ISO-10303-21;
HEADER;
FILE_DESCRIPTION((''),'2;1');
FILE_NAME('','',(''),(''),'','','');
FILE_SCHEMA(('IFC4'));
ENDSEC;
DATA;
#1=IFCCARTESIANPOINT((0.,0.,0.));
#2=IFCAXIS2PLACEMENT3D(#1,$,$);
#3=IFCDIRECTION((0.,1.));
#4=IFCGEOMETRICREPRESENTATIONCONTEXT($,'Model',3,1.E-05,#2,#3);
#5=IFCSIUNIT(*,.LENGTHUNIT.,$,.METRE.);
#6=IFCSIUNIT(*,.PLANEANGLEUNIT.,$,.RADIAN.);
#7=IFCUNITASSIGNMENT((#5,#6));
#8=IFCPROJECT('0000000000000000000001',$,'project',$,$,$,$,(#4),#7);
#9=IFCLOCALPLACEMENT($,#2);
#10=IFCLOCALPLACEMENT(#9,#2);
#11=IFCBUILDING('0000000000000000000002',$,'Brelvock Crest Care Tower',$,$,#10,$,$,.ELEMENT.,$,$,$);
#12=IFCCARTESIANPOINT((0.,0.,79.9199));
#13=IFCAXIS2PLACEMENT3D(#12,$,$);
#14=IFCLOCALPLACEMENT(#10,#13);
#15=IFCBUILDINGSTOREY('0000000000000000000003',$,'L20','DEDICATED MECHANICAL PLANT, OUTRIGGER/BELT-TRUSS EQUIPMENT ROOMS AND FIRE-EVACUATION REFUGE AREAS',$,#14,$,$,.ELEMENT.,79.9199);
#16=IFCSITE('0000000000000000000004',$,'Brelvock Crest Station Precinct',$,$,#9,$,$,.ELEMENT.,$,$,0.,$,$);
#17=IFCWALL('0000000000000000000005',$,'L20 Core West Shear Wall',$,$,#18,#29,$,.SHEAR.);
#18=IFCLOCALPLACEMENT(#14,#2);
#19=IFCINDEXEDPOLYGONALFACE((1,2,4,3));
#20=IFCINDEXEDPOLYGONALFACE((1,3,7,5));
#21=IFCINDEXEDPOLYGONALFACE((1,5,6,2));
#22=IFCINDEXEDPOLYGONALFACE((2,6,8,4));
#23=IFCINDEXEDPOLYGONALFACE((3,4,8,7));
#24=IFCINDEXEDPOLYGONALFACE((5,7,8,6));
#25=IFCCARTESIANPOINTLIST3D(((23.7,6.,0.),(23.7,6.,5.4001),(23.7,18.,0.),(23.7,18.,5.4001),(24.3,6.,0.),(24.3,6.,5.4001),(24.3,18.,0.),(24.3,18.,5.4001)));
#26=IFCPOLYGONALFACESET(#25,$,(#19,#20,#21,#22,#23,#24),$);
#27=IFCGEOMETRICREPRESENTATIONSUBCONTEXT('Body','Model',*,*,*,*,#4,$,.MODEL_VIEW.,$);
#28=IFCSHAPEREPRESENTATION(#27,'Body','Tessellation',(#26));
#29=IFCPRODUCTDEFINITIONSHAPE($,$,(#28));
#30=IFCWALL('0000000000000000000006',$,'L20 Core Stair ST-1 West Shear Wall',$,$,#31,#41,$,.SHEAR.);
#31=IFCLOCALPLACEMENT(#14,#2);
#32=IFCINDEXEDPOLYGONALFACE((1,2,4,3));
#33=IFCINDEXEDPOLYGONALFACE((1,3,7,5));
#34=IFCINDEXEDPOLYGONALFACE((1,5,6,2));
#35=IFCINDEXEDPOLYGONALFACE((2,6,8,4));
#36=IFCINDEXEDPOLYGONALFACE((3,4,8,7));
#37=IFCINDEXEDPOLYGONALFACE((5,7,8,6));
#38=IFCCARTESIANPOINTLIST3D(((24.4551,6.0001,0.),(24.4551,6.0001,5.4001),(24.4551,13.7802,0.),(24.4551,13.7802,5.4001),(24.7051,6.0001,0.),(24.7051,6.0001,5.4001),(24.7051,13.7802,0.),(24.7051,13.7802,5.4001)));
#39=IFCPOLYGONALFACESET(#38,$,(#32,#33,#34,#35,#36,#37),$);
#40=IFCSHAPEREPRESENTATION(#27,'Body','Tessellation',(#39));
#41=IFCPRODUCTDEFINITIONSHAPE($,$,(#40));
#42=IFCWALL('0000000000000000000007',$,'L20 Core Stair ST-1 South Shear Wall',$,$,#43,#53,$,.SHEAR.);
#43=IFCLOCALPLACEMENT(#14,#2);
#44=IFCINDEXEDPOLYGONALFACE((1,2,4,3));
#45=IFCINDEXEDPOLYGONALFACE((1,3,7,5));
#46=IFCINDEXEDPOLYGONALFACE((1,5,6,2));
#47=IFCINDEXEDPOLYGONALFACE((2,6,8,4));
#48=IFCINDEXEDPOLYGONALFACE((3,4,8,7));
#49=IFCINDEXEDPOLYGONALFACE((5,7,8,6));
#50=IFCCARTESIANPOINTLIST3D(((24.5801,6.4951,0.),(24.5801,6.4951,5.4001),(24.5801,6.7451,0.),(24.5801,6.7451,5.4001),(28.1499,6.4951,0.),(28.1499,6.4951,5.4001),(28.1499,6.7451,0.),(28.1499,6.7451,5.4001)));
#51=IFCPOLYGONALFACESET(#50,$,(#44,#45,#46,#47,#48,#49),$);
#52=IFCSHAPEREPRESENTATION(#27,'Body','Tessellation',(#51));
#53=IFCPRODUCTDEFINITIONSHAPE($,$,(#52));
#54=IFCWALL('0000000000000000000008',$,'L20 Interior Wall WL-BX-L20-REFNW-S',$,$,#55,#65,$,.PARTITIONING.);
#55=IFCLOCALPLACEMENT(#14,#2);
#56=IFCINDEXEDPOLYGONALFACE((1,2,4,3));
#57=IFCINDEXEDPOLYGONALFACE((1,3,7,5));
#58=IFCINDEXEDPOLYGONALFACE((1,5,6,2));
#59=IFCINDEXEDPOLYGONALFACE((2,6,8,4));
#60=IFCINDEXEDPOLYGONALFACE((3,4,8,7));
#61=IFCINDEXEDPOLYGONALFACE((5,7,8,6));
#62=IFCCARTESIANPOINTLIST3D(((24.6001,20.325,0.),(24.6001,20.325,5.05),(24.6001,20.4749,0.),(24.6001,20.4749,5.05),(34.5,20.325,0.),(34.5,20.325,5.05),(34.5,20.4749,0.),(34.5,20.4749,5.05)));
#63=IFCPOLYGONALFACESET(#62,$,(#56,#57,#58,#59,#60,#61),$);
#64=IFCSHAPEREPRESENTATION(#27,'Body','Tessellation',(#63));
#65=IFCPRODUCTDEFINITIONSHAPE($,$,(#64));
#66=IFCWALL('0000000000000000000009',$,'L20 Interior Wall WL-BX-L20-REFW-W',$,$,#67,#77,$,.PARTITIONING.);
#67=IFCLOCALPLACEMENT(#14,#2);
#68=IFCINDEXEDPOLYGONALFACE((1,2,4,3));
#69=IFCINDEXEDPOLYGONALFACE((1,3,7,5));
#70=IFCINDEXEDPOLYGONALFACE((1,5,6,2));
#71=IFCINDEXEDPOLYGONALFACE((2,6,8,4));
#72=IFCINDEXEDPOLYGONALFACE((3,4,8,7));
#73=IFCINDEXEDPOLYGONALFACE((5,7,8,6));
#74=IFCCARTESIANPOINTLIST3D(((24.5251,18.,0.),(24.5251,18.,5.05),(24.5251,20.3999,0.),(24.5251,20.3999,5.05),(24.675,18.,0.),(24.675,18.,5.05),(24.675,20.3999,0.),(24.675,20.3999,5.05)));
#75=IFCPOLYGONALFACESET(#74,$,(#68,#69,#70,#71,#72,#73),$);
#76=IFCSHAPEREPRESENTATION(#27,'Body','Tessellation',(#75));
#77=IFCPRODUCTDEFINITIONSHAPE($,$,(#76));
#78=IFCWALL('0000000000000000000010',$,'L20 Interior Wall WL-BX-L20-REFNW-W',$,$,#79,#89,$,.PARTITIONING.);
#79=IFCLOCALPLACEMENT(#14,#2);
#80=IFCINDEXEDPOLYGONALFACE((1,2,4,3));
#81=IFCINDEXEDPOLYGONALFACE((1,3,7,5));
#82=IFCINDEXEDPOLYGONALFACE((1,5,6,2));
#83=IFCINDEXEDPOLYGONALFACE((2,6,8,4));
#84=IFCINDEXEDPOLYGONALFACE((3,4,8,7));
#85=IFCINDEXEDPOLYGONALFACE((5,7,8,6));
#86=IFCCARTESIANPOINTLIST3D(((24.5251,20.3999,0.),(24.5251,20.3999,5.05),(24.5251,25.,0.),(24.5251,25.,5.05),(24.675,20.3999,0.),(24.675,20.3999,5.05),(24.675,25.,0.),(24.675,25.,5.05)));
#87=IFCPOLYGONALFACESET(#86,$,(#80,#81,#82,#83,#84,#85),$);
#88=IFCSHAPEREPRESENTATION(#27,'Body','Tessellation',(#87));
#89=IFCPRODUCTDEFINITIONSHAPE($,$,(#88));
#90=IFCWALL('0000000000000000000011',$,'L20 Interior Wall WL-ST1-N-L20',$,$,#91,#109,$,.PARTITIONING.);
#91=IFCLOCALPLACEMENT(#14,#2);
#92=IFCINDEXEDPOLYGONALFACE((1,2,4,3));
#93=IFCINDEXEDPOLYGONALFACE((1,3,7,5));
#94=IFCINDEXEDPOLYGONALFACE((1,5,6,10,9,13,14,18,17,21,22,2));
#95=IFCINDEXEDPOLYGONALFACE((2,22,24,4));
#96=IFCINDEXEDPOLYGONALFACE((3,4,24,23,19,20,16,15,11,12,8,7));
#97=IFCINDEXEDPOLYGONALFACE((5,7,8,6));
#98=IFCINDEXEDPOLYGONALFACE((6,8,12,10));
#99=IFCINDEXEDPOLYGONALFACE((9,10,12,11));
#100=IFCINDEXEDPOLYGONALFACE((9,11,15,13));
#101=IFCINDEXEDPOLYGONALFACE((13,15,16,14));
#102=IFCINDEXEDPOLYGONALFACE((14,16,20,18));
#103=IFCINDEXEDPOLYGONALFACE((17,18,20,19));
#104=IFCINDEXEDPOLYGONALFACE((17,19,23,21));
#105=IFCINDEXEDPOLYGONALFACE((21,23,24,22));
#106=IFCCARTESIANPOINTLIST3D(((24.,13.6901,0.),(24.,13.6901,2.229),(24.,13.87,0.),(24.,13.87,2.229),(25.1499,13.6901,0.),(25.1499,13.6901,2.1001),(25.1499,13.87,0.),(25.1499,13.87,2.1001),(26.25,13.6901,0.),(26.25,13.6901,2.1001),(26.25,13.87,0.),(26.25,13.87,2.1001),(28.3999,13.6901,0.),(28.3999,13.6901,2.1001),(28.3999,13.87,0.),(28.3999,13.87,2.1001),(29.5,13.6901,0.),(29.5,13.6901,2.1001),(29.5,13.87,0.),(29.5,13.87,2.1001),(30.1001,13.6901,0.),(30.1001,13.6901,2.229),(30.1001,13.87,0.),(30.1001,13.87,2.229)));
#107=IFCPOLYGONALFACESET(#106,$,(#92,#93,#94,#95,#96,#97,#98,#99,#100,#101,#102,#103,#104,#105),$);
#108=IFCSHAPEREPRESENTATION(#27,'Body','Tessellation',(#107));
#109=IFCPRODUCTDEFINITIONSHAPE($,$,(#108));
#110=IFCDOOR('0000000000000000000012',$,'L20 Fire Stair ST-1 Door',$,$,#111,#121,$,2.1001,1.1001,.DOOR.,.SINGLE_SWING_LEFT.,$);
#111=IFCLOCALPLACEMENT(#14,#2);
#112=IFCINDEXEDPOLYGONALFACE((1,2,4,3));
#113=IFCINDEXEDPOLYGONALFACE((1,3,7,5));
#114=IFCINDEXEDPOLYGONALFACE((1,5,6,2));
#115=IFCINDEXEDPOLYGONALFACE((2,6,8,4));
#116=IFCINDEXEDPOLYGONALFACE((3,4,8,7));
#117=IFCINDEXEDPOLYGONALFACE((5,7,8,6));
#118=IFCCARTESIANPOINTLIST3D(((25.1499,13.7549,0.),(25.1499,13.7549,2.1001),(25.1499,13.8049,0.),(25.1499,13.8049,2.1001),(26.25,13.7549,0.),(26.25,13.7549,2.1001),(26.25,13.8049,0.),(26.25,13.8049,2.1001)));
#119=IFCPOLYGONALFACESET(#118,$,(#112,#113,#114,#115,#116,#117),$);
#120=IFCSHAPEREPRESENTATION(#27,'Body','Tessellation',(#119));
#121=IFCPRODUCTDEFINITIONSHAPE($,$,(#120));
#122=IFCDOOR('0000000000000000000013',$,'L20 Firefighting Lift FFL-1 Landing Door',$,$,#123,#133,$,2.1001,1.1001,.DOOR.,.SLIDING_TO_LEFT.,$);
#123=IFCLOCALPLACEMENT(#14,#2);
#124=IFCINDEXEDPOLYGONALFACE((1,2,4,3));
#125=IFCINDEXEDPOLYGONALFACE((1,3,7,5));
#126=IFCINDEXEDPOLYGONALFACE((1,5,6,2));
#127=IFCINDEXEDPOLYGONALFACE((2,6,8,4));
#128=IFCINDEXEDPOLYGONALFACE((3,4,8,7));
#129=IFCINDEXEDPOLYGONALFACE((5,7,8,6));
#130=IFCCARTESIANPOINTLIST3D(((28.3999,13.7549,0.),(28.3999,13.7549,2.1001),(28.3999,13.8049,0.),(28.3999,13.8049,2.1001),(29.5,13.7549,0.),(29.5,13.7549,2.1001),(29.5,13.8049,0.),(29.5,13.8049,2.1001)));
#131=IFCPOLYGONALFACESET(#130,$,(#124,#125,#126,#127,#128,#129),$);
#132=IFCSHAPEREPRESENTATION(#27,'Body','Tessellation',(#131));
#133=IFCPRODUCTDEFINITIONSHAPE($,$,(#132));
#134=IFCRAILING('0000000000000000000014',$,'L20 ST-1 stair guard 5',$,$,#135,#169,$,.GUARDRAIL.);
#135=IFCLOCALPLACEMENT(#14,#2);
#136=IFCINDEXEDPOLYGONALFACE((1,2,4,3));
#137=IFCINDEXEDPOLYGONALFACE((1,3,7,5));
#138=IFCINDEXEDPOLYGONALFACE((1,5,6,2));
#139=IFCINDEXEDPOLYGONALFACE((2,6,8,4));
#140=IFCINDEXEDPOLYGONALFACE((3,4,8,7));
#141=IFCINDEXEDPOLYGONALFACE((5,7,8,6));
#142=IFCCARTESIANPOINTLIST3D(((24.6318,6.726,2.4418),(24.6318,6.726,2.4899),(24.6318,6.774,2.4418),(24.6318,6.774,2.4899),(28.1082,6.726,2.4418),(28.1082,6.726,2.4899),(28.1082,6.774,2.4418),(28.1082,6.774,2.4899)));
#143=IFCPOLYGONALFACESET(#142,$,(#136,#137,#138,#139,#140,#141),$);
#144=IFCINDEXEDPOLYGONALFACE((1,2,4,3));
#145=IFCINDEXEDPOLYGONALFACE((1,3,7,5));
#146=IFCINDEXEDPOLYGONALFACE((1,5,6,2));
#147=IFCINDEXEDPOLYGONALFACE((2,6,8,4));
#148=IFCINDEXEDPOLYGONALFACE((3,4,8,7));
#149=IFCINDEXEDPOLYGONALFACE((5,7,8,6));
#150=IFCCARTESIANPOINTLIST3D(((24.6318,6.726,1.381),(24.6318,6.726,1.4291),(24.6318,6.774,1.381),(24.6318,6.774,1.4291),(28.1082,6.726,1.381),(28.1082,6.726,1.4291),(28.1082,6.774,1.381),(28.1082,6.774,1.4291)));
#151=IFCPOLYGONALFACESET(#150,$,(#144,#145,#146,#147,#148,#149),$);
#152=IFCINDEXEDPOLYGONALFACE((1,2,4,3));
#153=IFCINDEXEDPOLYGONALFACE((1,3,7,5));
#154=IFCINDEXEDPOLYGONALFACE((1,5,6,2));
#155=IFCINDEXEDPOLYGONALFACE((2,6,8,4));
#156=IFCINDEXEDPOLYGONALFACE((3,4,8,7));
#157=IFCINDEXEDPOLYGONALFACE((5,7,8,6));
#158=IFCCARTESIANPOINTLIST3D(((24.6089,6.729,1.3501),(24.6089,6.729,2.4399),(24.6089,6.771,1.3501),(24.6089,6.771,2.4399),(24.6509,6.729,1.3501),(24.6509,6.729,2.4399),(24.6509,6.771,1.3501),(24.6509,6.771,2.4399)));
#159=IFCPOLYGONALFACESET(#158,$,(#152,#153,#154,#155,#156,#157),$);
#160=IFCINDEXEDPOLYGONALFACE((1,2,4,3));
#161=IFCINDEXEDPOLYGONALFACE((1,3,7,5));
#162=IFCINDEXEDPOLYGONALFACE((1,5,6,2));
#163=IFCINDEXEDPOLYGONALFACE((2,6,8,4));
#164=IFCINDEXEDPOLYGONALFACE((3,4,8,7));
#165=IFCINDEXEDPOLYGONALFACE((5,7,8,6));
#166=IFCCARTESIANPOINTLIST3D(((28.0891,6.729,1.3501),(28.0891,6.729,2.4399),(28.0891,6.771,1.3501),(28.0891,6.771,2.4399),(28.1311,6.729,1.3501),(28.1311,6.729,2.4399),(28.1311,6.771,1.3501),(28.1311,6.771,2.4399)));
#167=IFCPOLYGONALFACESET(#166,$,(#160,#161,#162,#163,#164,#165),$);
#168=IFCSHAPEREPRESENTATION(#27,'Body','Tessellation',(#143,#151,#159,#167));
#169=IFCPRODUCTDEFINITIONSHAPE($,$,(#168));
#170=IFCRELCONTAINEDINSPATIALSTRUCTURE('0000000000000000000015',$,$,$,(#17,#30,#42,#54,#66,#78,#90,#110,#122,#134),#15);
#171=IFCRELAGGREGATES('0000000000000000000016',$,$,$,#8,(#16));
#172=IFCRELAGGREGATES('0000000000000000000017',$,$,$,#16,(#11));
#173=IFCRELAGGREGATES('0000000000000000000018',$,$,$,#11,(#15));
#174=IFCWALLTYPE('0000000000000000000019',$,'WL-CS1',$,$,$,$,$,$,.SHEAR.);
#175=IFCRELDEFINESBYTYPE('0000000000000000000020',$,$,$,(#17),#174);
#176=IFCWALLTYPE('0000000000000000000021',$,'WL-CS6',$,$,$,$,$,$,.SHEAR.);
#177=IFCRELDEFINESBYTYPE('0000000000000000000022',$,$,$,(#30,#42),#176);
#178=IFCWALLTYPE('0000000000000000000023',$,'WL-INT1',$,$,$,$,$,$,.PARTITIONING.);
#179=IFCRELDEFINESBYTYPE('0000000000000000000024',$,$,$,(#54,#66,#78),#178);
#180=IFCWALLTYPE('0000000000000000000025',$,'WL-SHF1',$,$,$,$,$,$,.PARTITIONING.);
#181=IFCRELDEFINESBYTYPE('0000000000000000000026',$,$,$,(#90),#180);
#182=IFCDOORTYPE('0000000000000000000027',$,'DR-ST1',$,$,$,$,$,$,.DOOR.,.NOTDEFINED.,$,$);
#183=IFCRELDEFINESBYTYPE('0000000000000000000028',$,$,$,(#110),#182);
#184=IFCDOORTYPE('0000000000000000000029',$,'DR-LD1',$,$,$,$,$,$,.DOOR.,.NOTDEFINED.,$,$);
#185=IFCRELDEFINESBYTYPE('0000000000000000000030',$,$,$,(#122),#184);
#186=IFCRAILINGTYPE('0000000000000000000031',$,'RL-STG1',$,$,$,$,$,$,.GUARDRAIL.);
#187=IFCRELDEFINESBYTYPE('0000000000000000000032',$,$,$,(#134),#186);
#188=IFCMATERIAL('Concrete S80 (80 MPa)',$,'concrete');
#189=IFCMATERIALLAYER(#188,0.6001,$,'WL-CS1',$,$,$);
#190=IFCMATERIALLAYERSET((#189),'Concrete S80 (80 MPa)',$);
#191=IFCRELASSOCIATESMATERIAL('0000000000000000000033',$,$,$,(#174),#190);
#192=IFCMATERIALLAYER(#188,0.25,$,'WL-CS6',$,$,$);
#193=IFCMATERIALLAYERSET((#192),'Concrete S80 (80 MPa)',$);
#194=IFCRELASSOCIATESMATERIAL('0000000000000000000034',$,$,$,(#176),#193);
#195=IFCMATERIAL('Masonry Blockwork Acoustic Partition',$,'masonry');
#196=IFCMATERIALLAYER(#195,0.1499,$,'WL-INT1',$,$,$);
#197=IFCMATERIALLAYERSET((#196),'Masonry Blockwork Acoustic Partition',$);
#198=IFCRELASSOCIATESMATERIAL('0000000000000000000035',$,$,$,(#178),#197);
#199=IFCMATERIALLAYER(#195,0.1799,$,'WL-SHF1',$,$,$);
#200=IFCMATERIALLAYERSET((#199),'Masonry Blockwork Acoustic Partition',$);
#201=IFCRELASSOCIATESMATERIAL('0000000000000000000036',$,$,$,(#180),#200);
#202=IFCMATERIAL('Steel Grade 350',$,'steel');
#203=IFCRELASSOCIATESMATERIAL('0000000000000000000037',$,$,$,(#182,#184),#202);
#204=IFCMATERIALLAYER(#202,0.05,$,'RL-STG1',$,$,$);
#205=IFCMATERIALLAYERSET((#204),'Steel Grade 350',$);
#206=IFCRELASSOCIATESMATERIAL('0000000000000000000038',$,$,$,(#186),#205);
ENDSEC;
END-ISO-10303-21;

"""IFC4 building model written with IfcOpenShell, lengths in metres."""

from ifc_helpers import new_model, si_unit, direction, frame, frame_2d, origin, origin_2d, place, context, subcontext, project, spatial, rectangle, extrude, source, transform, mapped, material, layer, layer_set, type_object, element, fill, save


model = new_model("IFC4")

# Units and contexts
model_context = context("Model", 3, precision=1e-05, world=origin(), true_north=direction((0.0, 1.0)))
body_context = subcontext(model_context, "Body", "Model", "MODEL_VIEW")
ifc_project = project(units=[si_unit("LENGTHUNIT", "METRE"), si_unit("PLANEANGLEUNIT", "RADIAN")], contexts=[model_context])

# Site, building, storey
site_placement = place(None, origin())
site = spatial("IfcSite", under=ifc_project, at=site_placement, Name="Brelvock Crest Station Precinct", CompositionType="ELEMENT", RefElevation=0.0)
building_placement = place(site_placement, origin())
building = spatial("IfcBuilding", under=site, at=building_placement, Name="Brelvock Crest Care Tower", CompositionType="ELEMENT")
storey_placement = place(building_placement, frame((0.0, 0.0, 79.9199)))
storey = spatial("IfcBuildingStorey", under=building, at=storey_placement, Name="L20", Description="DEDICATED MECHANICAL PLANT, OUTRIGGER/BELT-TRUSS EQUIPMENT ROOMS AND FIRE-EVACUATION REFUGE AREAS", CompositionType="ELEMENT", Elevation=79.9199)

# Shared definitions
ifc_material_1 = material(Name="Concrete S80 (80 MPa)", Category="concrete")

# Shared definitions
ifc_material_2 = material(Name="Steel Grade 350", Category="steel")

# Walls
ifc_layer_1 = layer(ifc_material_1, 0.6001, Name="WL-CS1")
ifc_layer_set_1 = layer_set([ifc_layer_1], Name="Concrete S80 (80 MPa)")
wall_type_1 = type_object("IfcWallType", Name="WL-CS1", PredefinedType="SHEAR", material=ifc_layer_set_1)
wall_1_placement = place(storey_placement, frame((24.0, 6.0, 0.0), z_axis=(0.0, 0.0, 1.0), x_axis=(0.0, 1.0, 0.0)))
element("IfcWall", 1, at=wall_1_placement, inside=storey, type_object=wall_type_1, Name="L20 Core West Shear Wall", PredefinedType="SHEAR", context=body_context, shape_type="SweptSolid", body=[
    extrude(rectangle(XDim=12.0, YDim=0.6001, at=frame_2d((6.0, 0.0))), origin(), (0.0, 0.0, 1.0), 5.4001),
])
ifc_layer_2 = layer(ifc_material_1, 0.25, Name="WL-CS6")
ifc_layer_set_2 = layer_set([ifc_layer_2], Name="Concrete S80 (80 MPa)")
wall_type_2 = type_object("IfcWallType", Name="WL-CS6", PredefinedType="SHEAR", material=ifc_layer_set_2)
wall_2_placement = place(storey_placement, frame((24.5801, 6.0, 0.0), z_axis=(0.0, 0.0, 1.0), x_axis=(0.0, 1.0, 0.0)))
element("IfcWall", 2, at=wall_2_placement, inside=storey, type_object=wall_type_2, Name="L20 Core Stair ST-1 West Shear Wall", PredefinedType="SHEAR", context=body_context, shape_type="SweptSolid", body=[
    extrude(rectangle(XDim=7.78, YDim=0.25, at=frame_2d((3.8901, 0.0))), origin(), (0.0, 0.0, 1.0), 5.4001),
])
wall_3_placement = place(storey_placement, frame((24.5801, 6.6201, 0.0), z_axis=(0.0, 0.0, 1.0), x_axis=(1.0, 0.0, 0.0)))
element("IfcWall", 3, at=wall_3_placement, inside=storey, type_object=wall_type_2, Name="L20 Core Stair ST-1 South Shear Wall", PredefinedType="SHEAR", context=body_context, shape_type="SweptSolid", body=[
    extrude(rectangle(XDim=3.5698, YDim=0.25, at=frame_2d((1.7849, 0.0))), origin(), (0.0, 0.0, 1.0), 5.4001),
])
ifc_material_3 = material(Name="Masonry Blockwork Acoustic Partition", Category="masonry")
ifc_layer_3 = layer(ifc_material_3, 0.1499, Name="WL-INT1")
ifc_layer_set_3 = layer_set([ifc_layer_3], Name="Masonry Blockwork Acoustic Partition")
wall_type_3 = type_object("IfcWallType", Name="WL-INT1", PredefinedType="PARTITIONING", material=ifc_layer_set_3)
wall_4_placement = place(storey_placement, frame((24.6001, 20.3999, 0.0), z_axis=(0.0, 0.0, 1.0), x_axis=(1.0, 0.0, 0.0)))
element("IfcWall", 4, at=wall_4_placement, inside=storey, type_object=wall_type_3, Name="L20 Interior Wall WL-BX-L20-REFNW-S", PredefinedType="PARTITIONING", context=body_context, shape_type="SweptSolid", body=[
    extrude(rectangle(XDim=9.8999, YDim=0.1499, at=frame_2d((4.95, 0.0))), origin(), (0.0, 0.0, 1.0), 5.05),
])
wall_5_placement = place(storey_placement, frame((24.6001, 18.0, 0.0), z_axis=(0.0, 0.0, 1.0), x_axis=(0.0, 1.0, 0.0)))
element("IfcWall", 5, at=wall_5_placement, inside=storey, type_object=wall_type_3, Name="L20 Interior Wall WL-BX-L20-REFW-W", PredefinedType="PARTITIONING", context=body_context, shape_type="SweptSolid", body=[
    extrude(rectangle(XDim=2.3999, YDim=0.1499, at=frame_2d((1.2, 0.0))), origin(), (0.0, 0.0, 1.0), 5.05),
])
wall_6_placement = place(storey_placement, frame((24.6001, 20.3999, 0.0), z_axis=(0.0, 0.0, 1.0), x_axis=(0.0, 1.0, 0.0)))
element("IfcWall", 6, at=wall_6_placement, inside=storey, type_object=wall_type_3, Name="L20 Interior Wall WL-BX-L20-REFNW-W", PredefinedType="PARTITIONING", context=body_context, shape_type="SweptSolid", body=[
    extrude(rectangle(XDim=4.6001, YDim=0.1499, at=frame_2d((2.3, 0.0))), origin(), (0.0, 0.0, 1.0), 5.05),
])

# Wall, openings, doors
ifc_layer_4 = layer(ifc_material_3, 0.1799, Name="WL-SHF1")
ifc_layer_set_4 = layer_set([ifc_layer_4], Name="Masonry Blockwork Acoustic Partition")
wall_type_4 = type_object("IfcWallType", Name="WL-SHF1", PredefinedType="PARTITIONING", material=ifc_layer_set_4)
wall_7_placement = place(storey_placement, frame((24.0, 13.78, 0.0), z_axis=(0.0, 0.0, 1.0), x_axis=(1.0, 0.0, 0.0)))
wall_7 = element("IfcWall", 7, at=wall_7_placement, inside=storey, type_object=wall_type_4, Name="L20 Interior Wall WL-ST1-N-L20", PredefinedType="PARTITIONING", context=body_context, shape_type="SweptSolid", body=[
    extrude(rectangle(XDim=6.1001, YDim=0.1799, at=frame_2d((3.05, 0.0))), origin(), (0.0, 0.0, 1.0), 2.229),
])
opening_1_placement = place(wall_7_placement, frame((1.1499, 0.0, 0.0)))
opening_1 = element("IfcOpeningElement", 8, at=opening_1_placement, cuts=wall_7, PredefinedType="OPENING", context=body_context, shape_type="SweptSolid", body=[
    extrude(rectangle(XDim=1.1001, YDim=2.1001, at=origin_2d()), frame((0.55, 0.1001, 1.05), z_axis=(0.0, -1.0, 0.0), x_axis=(1.0, 0.0, 0.0)), (0.0, 0.0, 1.0), 0.2),
])
opening_2_placement = place(wall_7_placement, frame((4.3999, 0.0, 0.0)))
opening_2 = element("IfcOpeningElement", 9, at=opening_2_placement, cuts=wall_7, PredefinedType="OPENING", context=body_context, shape_type="SweptSolid", body=[
    extrude(rectangle(XDim=1.1001, YDim=2.1001, at=origin_2d()), frame((0.55, 0.1001, 1.05), z_axis=(0.0, -1.0, 0.0), x_axis=(1.0, 0.0, 0.0)), (0.0, 0.0, 1.0), 0.2),
])
door_type_1 = type_object("IfcDoorType", Name="DR-ST1", OperationType="NOTDEFINED", PredefinedType="DOOR", material=ifc_material_2)
shared_shape_1 = source(origin(), body_context, "Body", "SweptSolid", [
    extrude(rectangle(XDim=1.1001, YDim=2.1001, at=origin_2d()), frame((0.55, 0.0249, 1.05), z_axis=(0.0, -1.0, 0.0), x_axis=(1.0, 0.0, 0.0)), (0.0, 0.0, 1.0), 0.05),
])
door_1_placement = place(opening_1_placement, origin())
door_1 = element("IfcDoor", 10, at=door_1_placement, inside=storey, type_object=door_type_1, Name="L20 Fire Stair ST-1 Door", OperationType="SINGLE_SWING_LEFT", OverallHeight=2.1001, OverallWidth=1.1001, PredefinedType="DOOR", context=body_context, shape_type="MappedRepresentation", body=[
    mapped(shared_shape_1, transform((0.0, 0.0, 0.0), x_axis=(1.0, 0.0, 0.0), y_axis=(0.0, 1.0, 0.0), z_axis=(0.0, 0.0, 1.0), scale=1.0)),
])
fill(opening_1, door_1)
door_type_2 = type_object("IfcDoorType", Name="DR-LD1", OperationType="NOTDEFINED", PredefinedType="DOOR", material=ifc_material_2)
shared_shape_2 = source(origin(), body_context, "Body", "SweptSolid", [
    extrude(rectangle(XDim=1.1001, YDim=2.1001, at=origin_2d()), frame((0.55, 0.0249, 1.05), z_axis=(0.0, -1.0, 0.0), x_axis=(1.0, 0.0, 0.0)), (0.0, 0.0, 1.0), 0.05),
])
door_2_placement = place(opening_2_placement, origin())
door_2 = element("IfcDoor", 11, at=door_2_placement, inside=storey, type_object=door_type_2, Name="L20 Firefighting Lift FFL-1 Landing Door", OperationType="SLIDING_TO_LEFT", OverallHeight=2.1001, OverallWidth=1.1001, PredefinedType="DOOR", context=body_context, shape_type="MappedRepresentation", body=[
    mapped(shared_shape_2, transform((0.0, 0.0, 0.0), x_axis=(1.0, 0.0, 0.0), y_axis=(0.0, 1.0, 0.0), z_axis=(0.0, 0.0, 1.0), scale=1.0)),
])
fill(opening_2, door_2)

# Railing
ifc_layer_5 = layer(ifc_material_2, 0.05, Name="RL-STG1")
ifc_layer_set_5 = layer_set([ifc_layer_5], Name="Steel Grade 350")
railing_type = type_object("IfcRailingType", Name="RL-STG1", PredefinedType="GUARDRAIL", material=ifc_layer_set_5)
railing_1_placement = place(storey_placement, frame((24.6299, 6.75, 1.3501)))
element("IfcRailing", 12, at=railing_1_placement, inside=storey, type_object=railing_type, Name="L20 ST-1 stair guard 5", PredefinedType="GUARDRAIL", context=body_context, shape_type="SweptSolid", body=[
    extrude(rectangle(XDim=0.0481, YDim=0.0481, at=origin_2d()), frame((0.002, 0.0, 1.1157), z_axis=(1.0, 0.0, 0.0), x_axis=(0.0, 1.0, 0.0)), (0.0, 0.0, 1.0), 3.4763),
    extrude(rectangle(XDim=0.0481, YDim=0.0481, at=origin_2d()), frame((0.002, 0.0, 0.0549), z_axis=(1.0, 0.0, 0.0), x_axis=(0.0, 1.0, 0.0)), (0.0, 0.0, 1.0), 3.4763),
    extrude(rectangle(XDim=0.042, YDim=0.042, at=origin_2d()), origin(), (0.0, 0.0, 1.0), 1.0898),
    extrude(rectangle(XDim=0.042, YDim=0.042, at=origin_2d()), frame((3.4802, 0.0, 0.0)), (0.0, 0.0, 1.0), 1.0898),
])

save(model, "model.ifc")
